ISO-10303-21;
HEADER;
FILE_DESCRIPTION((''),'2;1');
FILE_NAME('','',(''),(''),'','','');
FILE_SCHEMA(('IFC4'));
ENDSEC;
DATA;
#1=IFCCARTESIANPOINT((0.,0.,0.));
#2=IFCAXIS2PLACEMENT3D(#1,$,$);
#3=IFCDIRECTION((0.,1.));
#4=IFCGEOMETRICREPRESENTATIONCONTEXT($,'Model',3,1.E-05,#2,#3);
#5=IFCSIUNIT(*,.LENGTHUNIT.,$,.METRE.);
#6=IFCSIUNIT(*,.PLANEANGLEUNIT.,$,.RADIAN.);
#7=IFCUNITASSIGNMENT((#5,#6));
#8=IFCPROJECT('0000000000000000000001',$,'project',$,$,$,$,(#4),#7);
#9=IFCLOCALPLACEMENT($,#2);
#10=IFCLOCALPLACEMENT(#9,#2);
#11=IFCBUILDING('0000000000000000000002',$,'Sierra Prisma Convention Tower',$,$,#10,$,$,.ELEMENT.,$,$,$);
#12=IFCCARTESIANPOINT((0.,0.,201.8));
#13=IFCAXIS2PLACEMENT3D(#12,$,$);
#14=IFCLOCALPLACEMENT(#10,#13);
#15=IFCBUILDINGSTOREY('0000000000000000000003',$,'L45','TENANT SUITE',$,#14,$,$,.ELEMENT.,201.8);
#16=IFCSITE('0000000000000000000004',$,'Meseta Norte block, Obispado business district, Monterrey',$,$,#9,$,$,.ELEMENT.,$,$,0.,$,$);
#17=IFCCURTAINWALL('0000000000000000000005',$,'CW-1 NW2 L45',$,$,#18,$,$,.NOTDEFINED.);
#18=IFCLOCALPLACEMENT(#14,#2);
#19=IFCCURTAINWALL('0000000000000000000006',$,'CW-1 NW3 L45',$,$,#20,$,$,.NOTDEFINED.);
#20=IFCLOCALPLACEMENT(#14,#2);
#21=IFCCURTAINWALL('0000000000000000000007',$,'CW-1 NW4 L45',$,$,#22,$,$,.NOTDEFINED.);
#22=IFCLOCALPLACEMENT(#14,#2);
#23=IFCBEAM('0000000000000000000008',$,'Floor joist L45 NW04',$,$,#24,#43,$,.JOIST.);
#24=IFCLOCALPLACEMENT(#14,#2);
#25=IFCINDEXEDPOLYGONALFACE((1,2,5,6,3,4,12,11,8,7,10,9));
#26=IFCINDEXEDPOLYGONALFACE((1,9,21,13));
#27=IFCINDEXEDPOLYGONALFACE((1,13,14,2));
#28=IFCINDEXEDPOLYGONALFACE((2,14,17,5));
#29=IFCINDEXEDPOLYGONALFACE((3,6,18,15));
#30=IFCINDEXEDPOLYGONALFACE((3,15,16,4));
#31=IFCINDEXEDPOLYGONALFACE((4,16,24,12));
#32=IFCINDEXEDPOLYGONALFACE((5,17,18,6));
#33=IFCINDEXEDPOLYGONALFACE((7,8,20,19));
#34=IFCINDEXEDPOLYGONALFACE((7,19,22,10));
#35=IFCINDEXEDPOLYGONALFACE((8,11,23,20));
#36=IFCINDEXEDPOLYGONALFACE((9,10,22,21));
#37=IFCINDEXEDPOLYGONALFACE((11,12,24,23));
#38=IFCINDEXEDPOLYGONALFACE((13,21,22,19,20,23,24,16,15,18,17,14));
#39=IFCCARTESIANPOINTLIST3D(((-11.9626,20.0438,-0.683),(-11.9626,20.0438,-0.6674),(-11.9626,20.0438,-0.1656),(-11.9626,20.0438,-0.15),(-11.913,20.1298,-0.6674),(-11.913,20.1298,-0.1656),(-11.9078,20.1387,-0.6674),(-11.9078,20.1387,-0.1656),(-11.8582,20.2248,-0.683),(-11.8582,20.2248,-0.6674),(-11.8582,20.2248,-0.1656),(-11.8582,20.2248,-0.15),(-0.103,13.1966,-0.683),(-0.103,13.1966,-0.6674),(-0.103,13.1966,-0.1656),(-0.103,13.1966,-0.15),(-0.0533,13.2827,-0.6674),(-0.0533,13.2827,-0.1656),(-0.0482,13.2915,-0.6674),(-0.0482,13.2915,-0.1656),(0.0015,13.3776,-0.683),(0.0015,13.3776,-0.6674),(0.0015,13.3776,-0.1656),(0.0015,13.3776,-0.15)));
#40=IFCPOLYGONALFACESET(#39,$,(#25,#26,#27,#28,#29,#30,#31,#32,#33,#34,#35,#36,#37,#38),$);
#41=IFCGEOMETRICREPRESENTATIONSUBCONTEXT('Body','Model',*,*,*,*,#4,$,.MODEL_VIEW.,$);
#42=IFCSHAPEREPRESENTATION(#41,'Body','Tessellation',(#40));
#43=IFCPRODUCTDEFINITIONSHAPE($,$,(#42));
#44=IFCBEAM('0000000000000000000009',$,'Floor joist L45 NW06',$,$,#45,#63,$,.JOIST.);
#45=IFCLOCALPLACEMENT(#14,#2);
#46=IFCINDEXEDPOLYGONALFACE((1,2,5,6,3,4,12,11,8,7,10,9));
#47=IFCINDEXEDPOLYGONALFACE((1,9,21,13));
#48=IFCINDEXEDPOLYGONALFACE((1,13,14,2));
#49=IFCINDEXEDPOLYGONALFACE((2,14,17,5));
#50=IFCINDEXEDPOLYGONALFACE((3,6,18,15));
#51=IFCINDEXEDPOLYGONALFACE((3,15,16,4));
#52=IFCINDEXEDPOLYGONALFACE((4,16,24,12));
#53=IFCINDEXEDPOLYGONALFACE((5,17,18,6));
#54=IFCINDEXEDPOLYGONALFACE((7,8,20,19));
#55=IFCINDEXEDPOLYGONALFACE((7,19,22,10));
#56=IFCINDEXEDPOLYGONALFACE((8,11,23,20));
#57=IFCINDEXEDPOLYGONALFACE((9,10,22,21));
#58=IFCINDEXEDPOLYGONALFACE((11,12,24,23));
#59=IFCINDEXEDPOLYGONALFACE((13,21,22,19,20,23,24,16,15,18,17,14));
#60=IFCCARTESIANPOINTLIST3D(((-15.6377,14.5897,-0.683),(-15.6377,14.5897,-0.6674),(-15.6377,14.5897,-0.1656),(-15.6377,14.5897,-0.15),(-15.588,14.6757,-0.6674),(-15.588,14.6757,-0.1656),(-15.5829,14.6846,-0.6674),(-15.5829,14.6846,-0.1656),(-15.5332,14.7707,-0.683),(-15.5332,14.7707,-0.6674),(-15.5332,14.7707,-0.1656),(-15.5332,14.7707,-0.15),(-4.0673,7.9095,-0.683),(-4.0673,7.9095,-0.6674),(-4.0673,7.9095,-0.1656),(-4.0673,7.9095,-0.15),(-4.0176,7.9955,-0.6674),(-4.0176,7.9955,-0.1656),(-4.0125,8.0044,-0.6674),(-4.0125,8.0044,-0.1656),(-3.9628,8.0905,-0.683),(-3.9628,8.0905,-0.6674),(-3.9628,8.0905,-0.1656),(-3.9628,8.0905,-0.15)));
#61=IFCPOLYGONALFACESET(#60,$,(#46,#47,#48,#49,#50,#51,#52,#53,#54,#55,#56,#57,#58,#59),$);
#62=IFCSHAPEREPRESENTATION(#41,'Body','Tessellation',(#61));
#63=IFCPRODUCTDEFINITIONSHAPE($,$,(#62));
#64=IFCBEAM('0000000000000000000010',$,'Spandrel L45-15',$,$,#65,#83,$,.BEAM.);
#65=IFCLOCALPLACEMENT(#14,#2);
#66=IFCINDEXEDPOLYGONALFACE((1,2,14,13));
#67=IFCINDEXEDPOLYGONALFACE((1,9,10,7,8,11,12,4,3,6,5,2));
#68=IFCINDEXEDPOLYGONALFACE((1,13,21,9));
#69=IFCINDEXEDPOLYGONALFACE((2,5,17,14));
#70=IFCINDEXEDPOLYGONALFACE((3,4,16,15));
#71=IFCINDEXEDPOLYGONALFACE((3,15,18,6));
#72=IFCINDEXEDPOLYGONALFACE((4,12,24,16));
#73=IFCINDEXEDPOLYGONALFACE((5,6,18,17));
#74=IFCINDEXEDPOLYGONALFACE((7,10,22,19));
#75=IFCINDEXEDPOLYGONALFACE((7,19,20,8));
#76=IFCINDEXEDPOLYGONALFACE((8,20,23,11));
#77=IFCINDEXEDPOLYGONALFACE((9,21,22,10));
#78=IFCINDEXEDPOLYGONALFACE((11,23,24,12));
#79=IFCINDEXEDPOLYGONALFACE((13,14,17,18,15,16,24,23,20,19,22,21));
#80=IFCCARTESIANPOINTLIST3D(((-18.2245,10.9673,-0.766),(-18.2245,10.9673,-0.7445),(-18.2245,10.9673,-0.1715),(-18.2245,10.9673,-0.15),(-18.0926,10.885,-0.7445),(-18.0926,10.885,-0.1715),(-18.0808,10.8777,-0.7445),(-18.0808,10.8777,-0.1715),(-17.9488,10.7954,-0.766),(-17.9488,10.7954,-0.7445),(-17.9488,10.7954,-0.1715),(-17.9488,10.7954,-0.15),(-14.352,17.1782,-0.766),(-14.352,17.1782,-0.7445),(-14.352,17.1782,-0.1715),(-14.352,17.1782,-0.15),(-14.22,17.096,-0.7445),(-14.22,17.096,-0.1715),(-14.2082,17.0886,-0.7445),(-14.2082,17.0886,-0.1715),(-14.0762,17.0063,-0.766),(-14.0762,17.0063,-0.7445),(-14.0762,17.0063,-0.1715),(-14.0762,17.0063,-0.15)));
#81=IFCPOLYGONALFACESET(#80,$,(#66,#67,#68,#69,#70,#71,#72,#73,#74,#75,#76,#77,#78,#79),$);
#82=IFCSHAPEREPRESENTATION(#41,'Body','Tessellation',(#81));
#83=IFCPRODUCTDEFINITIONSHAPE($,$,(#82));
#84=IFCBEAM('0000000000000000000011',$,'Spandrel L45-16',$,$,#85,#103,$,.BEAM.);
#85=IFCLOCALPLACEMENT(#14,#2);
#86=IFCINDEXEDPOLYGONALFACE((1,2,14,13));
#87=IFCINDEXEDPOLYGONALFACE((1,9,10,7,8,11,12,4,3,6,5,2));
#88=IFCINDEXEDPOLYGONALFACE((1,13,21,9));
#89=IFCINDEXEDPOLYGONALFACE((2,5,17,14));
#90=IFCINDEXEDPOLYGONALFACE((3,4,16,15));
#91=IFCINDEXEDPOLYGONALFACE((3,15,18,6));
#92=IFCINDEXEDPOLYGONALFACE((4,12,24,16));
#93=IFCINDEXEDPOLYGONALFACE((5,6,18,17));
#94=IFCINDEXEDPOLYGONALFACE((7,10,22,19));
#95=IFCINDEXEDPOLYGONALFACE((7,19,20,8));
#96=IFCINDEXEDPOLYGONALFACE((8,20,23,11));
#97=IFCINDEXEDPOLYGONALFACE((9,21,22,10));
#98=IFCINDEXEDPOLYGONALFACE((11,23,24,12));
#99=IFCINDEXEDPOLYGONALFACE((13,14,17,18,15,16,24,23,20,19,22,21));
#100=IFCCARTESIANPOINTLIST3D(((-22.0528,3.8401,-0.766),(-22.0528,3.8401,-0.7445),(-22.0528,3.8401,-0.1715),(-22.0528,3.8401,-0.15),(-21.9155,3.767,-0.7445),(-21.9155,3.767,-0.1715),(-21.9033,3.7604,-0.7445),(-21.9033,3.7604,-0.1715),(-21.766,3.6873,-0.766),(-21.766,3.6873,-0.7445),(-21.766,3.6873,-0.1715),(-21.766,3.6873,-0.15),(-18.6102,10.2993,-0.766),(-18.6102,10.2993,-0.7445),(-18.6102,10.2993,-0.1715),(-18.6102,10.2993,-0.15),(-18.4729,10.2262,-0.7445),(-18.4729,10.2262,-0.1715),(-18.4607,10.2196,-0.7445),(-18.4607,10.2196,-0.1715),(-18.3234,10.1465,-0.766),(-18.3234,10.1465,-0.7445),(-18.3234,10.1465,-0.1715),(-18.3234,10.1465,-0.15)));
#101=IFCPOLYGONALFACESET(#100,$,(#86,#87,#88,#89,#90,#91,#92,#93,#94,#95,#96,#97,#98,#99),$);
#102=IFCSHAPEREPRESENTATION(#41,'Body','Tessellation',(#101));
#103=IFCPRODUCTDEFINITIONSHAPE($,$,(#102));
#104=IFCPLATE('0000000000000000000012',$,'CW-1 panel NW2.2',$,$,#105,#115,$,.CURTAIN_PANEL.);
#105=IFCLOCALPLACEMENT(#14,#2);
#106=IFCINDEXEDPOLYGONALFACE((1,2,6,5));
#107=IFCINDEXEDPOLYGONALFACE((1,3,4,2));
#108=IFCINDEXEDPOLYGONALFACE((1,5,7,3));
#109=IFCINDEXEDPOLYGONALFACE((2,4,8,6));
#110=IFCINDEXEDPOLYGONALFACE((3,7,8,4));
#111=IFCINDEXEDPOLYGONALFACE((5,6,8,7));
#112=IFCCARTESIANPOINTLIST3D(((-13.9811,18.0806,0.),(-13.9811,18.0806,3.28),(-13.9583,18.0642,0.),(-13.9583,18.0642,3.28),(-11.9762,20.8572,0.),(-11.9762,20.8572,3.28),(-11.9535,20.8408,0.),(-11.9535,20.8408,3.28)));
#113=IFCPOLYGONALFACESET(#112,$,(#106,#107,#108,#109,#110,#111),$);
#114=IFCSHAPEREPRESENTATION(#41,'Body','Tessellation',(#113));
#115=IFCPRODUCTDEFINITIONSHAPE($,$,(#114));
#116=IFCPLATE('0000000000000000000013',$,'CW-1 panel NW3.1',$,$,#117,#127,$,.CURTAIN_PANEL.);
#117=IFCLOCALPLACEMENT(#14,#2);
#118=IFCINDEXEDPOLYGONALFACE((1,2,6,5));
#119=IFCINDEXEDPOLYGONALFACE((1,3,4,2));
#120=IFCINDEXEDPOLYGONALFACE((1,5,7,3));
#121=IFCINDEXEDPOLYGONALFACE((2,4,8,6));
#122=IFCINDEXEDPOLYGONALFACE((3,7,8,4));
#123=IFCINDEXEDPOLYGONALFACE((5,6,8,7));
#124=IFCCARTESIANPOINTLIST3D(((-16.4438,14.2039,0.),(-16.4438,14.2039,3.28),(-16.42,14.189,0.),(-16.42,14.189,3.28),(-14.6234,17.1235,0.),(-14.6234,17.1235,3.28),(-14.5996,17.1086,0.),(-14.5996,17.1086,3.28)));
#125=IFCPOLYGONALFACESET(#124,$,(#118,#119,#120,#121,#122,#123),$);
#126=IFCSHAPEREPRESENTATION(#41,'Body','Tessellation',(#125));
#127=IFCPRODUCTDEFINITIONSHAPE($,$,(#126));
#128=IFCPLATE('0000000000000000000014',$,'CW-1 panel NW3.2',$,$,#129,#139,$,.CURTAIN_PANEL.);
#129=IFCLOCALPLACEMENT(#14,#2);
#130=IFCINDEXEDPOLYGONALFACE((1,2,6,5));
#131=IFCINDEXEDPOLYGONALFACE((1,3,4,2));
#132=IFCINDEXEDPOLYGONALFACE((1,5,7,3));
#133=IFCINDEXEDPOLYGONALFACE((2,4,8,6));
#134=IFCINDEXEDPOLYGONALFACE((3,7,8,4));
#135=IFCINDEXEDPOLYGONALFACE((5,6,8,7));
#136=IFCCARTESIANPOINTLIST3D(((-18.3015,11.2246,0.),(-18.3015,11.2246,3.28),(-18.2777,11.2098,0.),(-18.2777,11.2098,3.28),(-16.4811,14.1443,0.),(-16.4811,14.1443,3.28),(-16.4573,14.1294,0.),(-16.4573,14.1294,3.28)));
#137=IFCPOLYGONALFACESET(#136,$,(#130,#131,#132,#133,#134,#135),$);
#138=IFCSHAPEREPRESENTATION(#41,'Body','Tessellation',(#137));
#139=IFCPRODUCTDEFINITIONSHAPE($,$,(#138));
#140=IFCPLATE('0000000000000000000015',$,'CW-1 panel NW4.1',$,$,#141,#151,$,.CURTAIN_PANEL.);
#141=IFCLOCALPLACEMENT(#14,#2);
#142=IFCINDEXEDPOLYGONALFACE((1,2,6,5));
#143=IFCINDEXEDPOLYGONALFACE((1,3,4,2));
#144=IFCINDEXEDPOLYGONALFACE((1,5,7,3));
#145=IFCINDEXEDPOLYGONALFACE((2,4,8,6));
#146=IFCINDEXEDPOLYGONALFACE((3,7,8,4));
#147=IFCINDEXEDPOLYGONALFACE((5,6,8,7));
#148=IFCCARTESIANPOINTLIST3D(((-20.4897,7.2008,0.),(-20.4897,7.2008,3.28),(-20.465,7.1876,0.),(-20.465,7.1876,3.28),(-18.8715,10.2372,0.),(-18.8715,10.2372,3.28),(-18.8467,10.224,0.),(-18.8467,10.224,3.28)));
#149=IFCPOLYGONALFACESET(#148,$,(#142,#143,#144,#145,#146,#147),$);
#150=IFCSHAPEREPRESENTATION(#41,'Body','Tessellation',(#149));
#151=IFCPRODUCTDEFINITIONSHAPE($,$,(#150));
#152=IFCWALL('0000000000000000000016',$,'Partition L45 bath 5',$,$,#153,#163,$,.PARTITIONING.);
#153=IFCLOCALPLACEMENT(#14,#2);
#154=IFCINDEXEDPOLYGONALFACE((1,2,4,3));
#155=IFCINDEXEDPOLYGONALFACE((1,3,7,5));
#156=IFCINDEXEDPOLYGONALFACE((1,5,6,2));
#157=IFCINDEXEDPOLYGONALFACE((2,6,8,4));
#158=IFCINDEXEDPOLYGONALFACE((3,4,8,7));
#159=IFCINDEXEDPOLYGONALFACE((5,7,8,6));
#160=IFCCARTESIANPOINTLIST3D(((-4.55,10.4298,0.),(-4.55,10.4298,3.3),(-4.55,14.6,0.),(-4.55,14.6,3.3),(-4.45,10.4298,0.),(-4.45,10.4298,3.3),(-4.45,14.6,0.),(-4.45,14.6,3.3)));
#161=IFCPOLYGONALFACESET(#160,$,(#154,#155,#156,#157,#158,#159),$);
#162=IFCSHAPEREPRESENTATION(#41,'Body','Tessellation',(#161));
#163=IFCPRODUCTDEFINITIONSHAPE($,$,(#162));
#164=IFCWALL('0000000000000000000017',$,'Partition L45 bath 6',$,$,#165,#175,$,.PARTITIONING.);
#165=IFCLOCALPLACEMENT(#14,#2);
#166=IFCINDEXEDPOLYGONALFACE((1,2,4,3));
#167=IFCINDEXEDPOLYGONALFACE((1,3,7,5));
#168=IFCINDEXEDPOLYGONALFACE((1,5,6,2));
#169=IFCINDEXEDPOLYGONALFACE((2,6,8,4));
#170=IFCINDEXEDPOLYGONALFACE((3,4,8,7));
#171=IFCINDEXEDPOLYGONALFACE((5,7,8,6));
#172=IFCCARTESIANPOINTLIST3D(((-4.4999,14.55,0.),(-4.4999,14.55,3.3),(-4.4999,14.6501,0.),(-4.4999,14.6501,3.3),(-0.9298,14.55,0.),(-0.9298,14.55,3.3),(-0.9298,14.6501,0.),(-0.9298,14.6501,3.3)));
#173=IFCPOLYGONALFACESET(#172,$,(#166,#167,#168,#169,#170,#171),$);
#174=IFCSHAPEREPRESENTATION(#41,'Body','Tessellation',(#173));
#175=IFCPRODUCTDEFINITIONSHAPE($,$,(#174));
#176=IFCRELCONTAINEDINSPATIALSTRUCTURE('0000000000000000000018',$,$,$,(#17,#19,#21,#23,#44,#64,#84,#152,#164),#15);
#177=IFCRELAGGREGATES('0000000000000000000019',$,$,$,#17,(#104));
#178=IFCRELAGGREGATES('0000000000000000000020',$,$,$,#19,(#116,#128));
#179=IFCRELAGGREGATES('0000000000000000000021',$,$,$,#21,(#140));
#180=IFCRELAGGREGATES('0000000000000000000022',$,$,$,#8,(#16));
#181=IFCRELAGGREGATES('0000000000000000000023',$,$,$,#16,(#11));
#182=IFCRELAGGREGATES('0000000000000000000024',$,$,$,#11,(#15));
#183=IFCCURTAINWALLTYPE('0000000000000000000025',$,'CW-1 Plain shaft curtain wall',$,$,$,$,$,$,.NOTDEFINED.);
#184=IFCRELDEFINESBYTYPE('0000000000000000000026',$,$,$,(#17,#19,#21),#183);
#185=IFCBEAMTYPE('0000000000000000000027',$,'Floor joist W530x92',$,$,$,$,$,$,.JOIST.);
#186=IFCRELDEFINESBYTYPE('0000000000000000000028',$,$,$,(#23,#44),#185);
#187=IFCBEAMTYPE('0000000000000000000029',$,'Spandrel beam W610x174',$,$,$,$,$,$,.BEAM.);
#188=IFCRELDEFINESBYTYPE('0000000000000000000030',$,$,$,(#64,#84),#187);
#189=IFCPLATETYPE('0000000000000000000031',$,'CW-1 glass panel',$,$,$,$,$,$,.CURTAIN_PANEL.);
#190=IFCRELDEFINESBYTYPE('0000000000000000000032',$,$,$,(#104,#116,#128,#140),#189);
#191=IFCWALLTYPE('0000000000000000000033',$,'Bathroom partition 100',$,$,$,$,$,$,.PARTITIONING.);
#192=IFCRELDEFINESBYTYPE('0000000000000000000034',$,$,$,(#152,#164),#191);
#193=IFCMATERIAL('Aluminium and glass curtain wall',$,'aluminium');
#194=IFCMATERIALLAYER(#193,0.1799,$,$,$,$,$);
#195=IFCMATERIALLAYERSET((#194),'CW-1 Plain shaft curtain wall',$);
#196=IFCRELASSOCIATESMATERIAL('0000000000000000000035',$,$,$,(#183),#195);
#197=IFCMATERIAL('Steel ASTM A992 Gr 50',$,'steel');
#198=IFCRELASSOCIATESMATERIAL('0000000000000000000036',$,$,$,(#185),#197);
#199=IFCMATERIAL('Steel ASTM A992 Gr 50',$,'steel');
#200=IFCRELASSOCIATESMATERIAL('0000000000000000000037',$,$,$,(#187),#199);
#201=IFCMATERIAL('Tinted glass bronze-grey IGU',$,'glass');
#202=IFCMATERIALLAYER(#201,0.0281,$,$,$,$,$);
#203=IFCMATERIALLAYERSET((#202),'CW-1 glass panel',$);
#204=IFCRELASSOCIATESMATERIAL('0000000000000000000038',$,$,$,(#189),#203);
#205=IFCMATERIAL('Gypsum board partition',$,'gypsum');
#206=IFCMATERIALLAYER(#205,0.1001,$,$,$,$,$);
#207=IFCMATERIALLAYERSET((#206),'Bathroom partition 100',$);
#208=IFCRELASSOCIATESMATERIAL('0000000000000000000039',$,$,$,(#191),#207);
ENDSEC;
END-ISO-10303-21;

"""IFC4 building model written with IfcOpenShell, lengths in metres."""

from ifc_helpers import new_model, si_unit, direction, frame, frame_2d, origin, origin_2d, place, context, subcontext, project, spatial, rectangle, i_section, extrude, material, layer, layer_set, material_profile, profile_set, type_object, element, aggregate, save


model = new_model("IFC4")

# Units and contexts
model_context = context("Model", 3, precision=1e-05, world=origin(), true_north=direction((0.0, 1.0)))
body_context = subcontext(model_context, "Body", "Model", "MODEL_VIEW")
ifc_project = project(units=[si_unit("LENGTHUNIT", "METRE"), si_unit("PLANEANGLEUNIT", "RADIAN")], contexts=[model_context])

# Site, building, storey
site_placement = place(None, origin())
site = spatial("IfcSite", under=ifc_project, at=site_placement, Name="Meseta Norte block, Obispado business district, Monterrey", CompositionType="ELEMENT", RefElevation=0.0)
building_placement = place(site_placement, origin())
building = spatial("IfcBuilding", under=site, at=building_placement, Name="Sierra Prisma Convention Tower", CompositionType="ELEMENT")
storey_placement = place(building_placement, frame((0.0, 0.0, 201.8)))
storey = spatial("IfcBuildingStorey", under=building, at=storey_placement, Name="L45", Description="TENANT SUITE", CompositionType="ELEMENT", Elevation=201.8)

# Curtain wall
ifc_material_1 = material(Name="Aluminium and glass curtain wall", Category="aluminium")
ifc_layer_1 = layer(ifc_material_1, 0.1799)
ifc_layer_set_1 = layer_set([ifc_layer_1], Name="CW-1 Plain shaft curtain wall")
curtain_wall_type = type_object("IfcCurtainWallType", Name="CW-1 Plain shaft curtain wall", PredefinedType="NOTDEFINED", material=ifc_layer_set_1)
curtain_wall_1_placement = place(storey_placement, origin())
curtain_wall_1 = element("IfcCurtainWall", 1, at=curtain_wall_1_placement, inside=storey, type_object=curtain_wall_type, Name="CW-1 NW2 L45", PredefinedType="NOTDEFINED")

# Curtain wall
curtain_wall_2_placement = place(storey_placement, origin())
curtain_wall_2 = element("IfcCurtainWall", 2, at=curtain_wall_2_placement, inside=storey, type_object=curtain_wall_type, Name="CW-1 NW3 L45", PredefinedType="NOTDEFINED")

# Curtain wall
curtain_wall_3_placement = place(storey_placement, origin())
curtain_wall_3 = element("IfcCurtainWall", 3, at=curtain_wall_3_placement, inside=storey, type_object=curtain_wall_type, Name="CW-1 NW4 L45", PredefinedType="NOTDEFINED")

# Beams
ifc_material_2 = material(Name="Steel ASTM A992 Gr 50", Category="steel")
ifc_material_profile_1 = material_profile(ifc_material_2, i_section(OverallWidth=0.209, OverallDepth=0.533, WebThickness=0.0103, FlangeThickness=0.0156, at=origin_2d()), Name="W530x92")
ifc_profile_set_1 = profile_set([ifc_material_profile_1], Name="Steel ASTM A992 Gr 50")
beam_type_1 = type_object("IfcBeamType", Name="Floor joist W530x92", PredefinedType="JOIST", material=ifc_profile_set_1)
beam_1_placement = place(storey_placement, frame((-11.9104, 20.1343, -0.4165), z_axis=(0.866025, -0.500001, 0.0), x_axis=(0.500001, 0.866025, 0.0)))
element("IfcBeam", 4, at=beam_1_placement, inside=storey, type_object=beam_type_1, Name="Floor joist L45 NW04", PredefinedType="JOIST", context=body_context, shape_type="SweptSolid", body=[
    extrude(i_section(OverallWidth=0.209, OverallDepth=0.533, WebThickness=0.0103, FlangeThickness=0.0156, at=origin_2d()), origin(), (0.0, 0.0, 1.0), 13.6943),
])
beam_2_placement = place(storey_placement, frame((-15.5854, 14.6802, -0.4165), z_axis=(0.866024, -0.500003, 0.0), x_axis=(0.500003, 0.866024, 0.0)))
element("IfcBeam", 5, at=beam_2_placement, inside=storey, type_object=beam_type_1, Name="Floor joist L45 NW06", PredefinedType="JOIST", context=body_context, shape_type="SweptSolid", body=[
    extrude(i_section(OverallWidth=0.209, OverallDepth=0.533, WebThickness=0.0103, FlangeThickness=0.0156, at=origin_2d()), origin(), (0.0, 0.0, 1.0), 13.3604),
])
ifc_material_3 = material(Name="Steel ASTM A992 Gr 50", Category="steel")
ifc_material_profile_2 = material_profile(ifc_material_3, i_section(OverallWidth=0.325, OverallDepth=0.616, WebThickness=0.0139, FlangeThickness=0.0215, at=origin_2d()), Name="W610x174")
ifc_profile_set_2 = profile_set([ifc_material_profile_2], Name="Steel ASTM A992 Gr 50")
beam_type_2 = type_object("IfcBeamType", Name="Spandrel beam W610x174", PredefinedType="BEAM", material=ifc_profile_set_2)
for number, where, z_axis, x_axis, name in (
    (6, (-14.2141, 17.0923, -0.458), (-0.529087, -0.848567, 0.0), (0.848567, -0.529087, 0.0), "Spandrel L45-15"),
    (7, (-18.4668, 10.2229, -0.458), (-0.470344, -0.882483, 0.0), (0.882483, -0.470344, 0.0), "Spandrel L45-16"),
):
    element("IfcBeam", number, at=place(storey_placement, frame(where, z_axis=z_axis, x_axis=x_axis)), inside=storey, type_object=beam_type_2, Name=name, PredefinedType="BEAM", context=body_context, shape_type="SweptSolid", body=[
        extrude(i_section(OverallWidth=0.325, OverallDepth=0.616, WebThickness=0.0139, FlangeThickness=0.0215, at=origin_2d()), origin(), (0.0, 0.0, 1.0), 7.3193),
    ])

# Plates
ifc_material_4 = material(Name="Tinted glass bronze-grey IGU", Category="glass")
ifc_layer_2 = layer(ifc_material_4, 0.0281)
ifc_layer_set_2 = layer_set([ifc_layer_2], Name="CW-1 glass panel")
plate_type = type_object("IfcPlateType", Name="CW-1 glass panel", PredefinedType="CURTAIN_PANEL", material=ifc_layer_set_2)
plate_1_placement = place(storey_placement, frame((-12.9673, 19.4607, 0.0), z_axis=(0.0, 0.0, 1.0), x_axis=(-0.585399, -0.810745, 0.0)))
plate_1 = element("IfcPlate", 8, at=plate_1_placement, type_object=plate_type, Name="CW-1 panel NW2.2", PredefinedType="CURTAIN_PANEL", context=body_context, shape_type="SweptSolid", body=[
    extrude(rectangle(XDim=3.4248, YDim=0.0281, at=origin_2d()), origin(), (0.0, 0.0, 1.0), 3.28),
])
aggregate(curtain_wall_1, [plate_1])
plate_2_placement = place(storey_placement, frame((-15.5217, 15.6562, 0.0), z_axis=(0.0, 0.0, 1.0), x_axis=(-0.529086, -0.848568, 0.0)))
plate_2 = element("IfcPlate", 9, at=plate_2_placement, type_object=plate_type, Name="CW-1 panel NW3.1", PredefinedType="CURTAIN_PANEL", context=body_context, shape_type="SweptSolid", body=[
    extrude(rectangle(XDim=3.4407, YDim=0.0281, at=origin_2d()), origin(), (0.0, 0.0, 1.0), 3.28),
])
plate_3_placement = place(storey_placement, frame((-17.3794, 12.677, 0.0), z_axis=(0.0, 0.0, 1.0), x_axis=(-0.529086, -0.848568, 0.0)))
plate_3 = element("IfcPlate", 10, at=plate_3_placement, type_object=plate_type, Name="CW-1 panel NW3.2", PredefinedType="CURTAIN_PANEL", context=body_context, shape_type="SweptSolid", body=[
    extrude(rectangle(XDim=3.4407, YDim=0.0281, at=origin_2d()), origin(), (0.0, 0.0, 1.0), 3.28),
])
aggregate(curtain_wall_2, [plate_2, plate_3])
plate_4_placement = place(storey_placement, frame((-19.6682, 8.7124, 0.0), z_axis=(0.0, 0.0, 1.0), x_axis=(-0.470338, -0.882486, 0.0)))
plate_4 = element("IfcPlate", 11, at=plate_4_placement, type_object=plate_type, Name="CW-1 panel NW4.1", PredefinedType="CURTAIN_PANEL", context=body_context, shape_type="SweptSolid", body=[
    extrude(rectangle(XDim=3.4407, YDim=0.0281, at=origin_2d()), origin(), (0.0, 0.0, 1.0), 3.28),
])
aggregate(curtain_wall_3, [plate_4])

# Walls
ifc_material_5 = material(Name="Gypsum board partition", Category="gypsum")
ifc_layer_3 = layer(ifc_material_5, 0.1001)
ifc_layer_set_3 = layer_set([ifc_layer_3], Name="Bathroom partition 100")
wall_type_1 = type_object("IfcWallType", Name="Bathroom partition 100", PredefinedType="PARTITIONING", material=ifc_layer_set_3)
wall_1_placement = place(storey_placement, frame((-4.5, 10.4299, 0.0), z_axis=(0.0, 0.0, 1.0), x_axis=(0.0, 1.0, 0.0)))
element("IfcWall", 12, at=wall_1_placement, inside=storey, type_object=wall_type_1, Name="Partition L45 bath 5", PredefinedType="PARTITIONING", context=body_context, shape_type="SweptSolid", body=[
    extrude(rectangle(XDim=4.1702, YDim=0.1001, at=frame_2d((2.085, 0.0))), origin(), (0.0, 0.0, 1.0), 3.3),
])
wall_2_placement = place(storey_placement, frame((-4.5, 14.6001, 0.0), z_axis=(0.0, 0.0, 1.0), x_axis=(1.0, 0.0, 0.0)))
element("IfcWall", 13, at=wall_2_placement, inside=storey, type_object=wall_type_1, Name="Partition L45 bath 6", PredefinedType="PARTITIONING", context=body_context, shape_type="SweptSolid", body=[
    extrude(rectangle(XDim=3.5701, YDim=0.1001, at=frame_2d((1.7852, 0.0))), origin(), (0.0, 0.0, 1.0), 3.3),
])

save(model, "model.ifc")
